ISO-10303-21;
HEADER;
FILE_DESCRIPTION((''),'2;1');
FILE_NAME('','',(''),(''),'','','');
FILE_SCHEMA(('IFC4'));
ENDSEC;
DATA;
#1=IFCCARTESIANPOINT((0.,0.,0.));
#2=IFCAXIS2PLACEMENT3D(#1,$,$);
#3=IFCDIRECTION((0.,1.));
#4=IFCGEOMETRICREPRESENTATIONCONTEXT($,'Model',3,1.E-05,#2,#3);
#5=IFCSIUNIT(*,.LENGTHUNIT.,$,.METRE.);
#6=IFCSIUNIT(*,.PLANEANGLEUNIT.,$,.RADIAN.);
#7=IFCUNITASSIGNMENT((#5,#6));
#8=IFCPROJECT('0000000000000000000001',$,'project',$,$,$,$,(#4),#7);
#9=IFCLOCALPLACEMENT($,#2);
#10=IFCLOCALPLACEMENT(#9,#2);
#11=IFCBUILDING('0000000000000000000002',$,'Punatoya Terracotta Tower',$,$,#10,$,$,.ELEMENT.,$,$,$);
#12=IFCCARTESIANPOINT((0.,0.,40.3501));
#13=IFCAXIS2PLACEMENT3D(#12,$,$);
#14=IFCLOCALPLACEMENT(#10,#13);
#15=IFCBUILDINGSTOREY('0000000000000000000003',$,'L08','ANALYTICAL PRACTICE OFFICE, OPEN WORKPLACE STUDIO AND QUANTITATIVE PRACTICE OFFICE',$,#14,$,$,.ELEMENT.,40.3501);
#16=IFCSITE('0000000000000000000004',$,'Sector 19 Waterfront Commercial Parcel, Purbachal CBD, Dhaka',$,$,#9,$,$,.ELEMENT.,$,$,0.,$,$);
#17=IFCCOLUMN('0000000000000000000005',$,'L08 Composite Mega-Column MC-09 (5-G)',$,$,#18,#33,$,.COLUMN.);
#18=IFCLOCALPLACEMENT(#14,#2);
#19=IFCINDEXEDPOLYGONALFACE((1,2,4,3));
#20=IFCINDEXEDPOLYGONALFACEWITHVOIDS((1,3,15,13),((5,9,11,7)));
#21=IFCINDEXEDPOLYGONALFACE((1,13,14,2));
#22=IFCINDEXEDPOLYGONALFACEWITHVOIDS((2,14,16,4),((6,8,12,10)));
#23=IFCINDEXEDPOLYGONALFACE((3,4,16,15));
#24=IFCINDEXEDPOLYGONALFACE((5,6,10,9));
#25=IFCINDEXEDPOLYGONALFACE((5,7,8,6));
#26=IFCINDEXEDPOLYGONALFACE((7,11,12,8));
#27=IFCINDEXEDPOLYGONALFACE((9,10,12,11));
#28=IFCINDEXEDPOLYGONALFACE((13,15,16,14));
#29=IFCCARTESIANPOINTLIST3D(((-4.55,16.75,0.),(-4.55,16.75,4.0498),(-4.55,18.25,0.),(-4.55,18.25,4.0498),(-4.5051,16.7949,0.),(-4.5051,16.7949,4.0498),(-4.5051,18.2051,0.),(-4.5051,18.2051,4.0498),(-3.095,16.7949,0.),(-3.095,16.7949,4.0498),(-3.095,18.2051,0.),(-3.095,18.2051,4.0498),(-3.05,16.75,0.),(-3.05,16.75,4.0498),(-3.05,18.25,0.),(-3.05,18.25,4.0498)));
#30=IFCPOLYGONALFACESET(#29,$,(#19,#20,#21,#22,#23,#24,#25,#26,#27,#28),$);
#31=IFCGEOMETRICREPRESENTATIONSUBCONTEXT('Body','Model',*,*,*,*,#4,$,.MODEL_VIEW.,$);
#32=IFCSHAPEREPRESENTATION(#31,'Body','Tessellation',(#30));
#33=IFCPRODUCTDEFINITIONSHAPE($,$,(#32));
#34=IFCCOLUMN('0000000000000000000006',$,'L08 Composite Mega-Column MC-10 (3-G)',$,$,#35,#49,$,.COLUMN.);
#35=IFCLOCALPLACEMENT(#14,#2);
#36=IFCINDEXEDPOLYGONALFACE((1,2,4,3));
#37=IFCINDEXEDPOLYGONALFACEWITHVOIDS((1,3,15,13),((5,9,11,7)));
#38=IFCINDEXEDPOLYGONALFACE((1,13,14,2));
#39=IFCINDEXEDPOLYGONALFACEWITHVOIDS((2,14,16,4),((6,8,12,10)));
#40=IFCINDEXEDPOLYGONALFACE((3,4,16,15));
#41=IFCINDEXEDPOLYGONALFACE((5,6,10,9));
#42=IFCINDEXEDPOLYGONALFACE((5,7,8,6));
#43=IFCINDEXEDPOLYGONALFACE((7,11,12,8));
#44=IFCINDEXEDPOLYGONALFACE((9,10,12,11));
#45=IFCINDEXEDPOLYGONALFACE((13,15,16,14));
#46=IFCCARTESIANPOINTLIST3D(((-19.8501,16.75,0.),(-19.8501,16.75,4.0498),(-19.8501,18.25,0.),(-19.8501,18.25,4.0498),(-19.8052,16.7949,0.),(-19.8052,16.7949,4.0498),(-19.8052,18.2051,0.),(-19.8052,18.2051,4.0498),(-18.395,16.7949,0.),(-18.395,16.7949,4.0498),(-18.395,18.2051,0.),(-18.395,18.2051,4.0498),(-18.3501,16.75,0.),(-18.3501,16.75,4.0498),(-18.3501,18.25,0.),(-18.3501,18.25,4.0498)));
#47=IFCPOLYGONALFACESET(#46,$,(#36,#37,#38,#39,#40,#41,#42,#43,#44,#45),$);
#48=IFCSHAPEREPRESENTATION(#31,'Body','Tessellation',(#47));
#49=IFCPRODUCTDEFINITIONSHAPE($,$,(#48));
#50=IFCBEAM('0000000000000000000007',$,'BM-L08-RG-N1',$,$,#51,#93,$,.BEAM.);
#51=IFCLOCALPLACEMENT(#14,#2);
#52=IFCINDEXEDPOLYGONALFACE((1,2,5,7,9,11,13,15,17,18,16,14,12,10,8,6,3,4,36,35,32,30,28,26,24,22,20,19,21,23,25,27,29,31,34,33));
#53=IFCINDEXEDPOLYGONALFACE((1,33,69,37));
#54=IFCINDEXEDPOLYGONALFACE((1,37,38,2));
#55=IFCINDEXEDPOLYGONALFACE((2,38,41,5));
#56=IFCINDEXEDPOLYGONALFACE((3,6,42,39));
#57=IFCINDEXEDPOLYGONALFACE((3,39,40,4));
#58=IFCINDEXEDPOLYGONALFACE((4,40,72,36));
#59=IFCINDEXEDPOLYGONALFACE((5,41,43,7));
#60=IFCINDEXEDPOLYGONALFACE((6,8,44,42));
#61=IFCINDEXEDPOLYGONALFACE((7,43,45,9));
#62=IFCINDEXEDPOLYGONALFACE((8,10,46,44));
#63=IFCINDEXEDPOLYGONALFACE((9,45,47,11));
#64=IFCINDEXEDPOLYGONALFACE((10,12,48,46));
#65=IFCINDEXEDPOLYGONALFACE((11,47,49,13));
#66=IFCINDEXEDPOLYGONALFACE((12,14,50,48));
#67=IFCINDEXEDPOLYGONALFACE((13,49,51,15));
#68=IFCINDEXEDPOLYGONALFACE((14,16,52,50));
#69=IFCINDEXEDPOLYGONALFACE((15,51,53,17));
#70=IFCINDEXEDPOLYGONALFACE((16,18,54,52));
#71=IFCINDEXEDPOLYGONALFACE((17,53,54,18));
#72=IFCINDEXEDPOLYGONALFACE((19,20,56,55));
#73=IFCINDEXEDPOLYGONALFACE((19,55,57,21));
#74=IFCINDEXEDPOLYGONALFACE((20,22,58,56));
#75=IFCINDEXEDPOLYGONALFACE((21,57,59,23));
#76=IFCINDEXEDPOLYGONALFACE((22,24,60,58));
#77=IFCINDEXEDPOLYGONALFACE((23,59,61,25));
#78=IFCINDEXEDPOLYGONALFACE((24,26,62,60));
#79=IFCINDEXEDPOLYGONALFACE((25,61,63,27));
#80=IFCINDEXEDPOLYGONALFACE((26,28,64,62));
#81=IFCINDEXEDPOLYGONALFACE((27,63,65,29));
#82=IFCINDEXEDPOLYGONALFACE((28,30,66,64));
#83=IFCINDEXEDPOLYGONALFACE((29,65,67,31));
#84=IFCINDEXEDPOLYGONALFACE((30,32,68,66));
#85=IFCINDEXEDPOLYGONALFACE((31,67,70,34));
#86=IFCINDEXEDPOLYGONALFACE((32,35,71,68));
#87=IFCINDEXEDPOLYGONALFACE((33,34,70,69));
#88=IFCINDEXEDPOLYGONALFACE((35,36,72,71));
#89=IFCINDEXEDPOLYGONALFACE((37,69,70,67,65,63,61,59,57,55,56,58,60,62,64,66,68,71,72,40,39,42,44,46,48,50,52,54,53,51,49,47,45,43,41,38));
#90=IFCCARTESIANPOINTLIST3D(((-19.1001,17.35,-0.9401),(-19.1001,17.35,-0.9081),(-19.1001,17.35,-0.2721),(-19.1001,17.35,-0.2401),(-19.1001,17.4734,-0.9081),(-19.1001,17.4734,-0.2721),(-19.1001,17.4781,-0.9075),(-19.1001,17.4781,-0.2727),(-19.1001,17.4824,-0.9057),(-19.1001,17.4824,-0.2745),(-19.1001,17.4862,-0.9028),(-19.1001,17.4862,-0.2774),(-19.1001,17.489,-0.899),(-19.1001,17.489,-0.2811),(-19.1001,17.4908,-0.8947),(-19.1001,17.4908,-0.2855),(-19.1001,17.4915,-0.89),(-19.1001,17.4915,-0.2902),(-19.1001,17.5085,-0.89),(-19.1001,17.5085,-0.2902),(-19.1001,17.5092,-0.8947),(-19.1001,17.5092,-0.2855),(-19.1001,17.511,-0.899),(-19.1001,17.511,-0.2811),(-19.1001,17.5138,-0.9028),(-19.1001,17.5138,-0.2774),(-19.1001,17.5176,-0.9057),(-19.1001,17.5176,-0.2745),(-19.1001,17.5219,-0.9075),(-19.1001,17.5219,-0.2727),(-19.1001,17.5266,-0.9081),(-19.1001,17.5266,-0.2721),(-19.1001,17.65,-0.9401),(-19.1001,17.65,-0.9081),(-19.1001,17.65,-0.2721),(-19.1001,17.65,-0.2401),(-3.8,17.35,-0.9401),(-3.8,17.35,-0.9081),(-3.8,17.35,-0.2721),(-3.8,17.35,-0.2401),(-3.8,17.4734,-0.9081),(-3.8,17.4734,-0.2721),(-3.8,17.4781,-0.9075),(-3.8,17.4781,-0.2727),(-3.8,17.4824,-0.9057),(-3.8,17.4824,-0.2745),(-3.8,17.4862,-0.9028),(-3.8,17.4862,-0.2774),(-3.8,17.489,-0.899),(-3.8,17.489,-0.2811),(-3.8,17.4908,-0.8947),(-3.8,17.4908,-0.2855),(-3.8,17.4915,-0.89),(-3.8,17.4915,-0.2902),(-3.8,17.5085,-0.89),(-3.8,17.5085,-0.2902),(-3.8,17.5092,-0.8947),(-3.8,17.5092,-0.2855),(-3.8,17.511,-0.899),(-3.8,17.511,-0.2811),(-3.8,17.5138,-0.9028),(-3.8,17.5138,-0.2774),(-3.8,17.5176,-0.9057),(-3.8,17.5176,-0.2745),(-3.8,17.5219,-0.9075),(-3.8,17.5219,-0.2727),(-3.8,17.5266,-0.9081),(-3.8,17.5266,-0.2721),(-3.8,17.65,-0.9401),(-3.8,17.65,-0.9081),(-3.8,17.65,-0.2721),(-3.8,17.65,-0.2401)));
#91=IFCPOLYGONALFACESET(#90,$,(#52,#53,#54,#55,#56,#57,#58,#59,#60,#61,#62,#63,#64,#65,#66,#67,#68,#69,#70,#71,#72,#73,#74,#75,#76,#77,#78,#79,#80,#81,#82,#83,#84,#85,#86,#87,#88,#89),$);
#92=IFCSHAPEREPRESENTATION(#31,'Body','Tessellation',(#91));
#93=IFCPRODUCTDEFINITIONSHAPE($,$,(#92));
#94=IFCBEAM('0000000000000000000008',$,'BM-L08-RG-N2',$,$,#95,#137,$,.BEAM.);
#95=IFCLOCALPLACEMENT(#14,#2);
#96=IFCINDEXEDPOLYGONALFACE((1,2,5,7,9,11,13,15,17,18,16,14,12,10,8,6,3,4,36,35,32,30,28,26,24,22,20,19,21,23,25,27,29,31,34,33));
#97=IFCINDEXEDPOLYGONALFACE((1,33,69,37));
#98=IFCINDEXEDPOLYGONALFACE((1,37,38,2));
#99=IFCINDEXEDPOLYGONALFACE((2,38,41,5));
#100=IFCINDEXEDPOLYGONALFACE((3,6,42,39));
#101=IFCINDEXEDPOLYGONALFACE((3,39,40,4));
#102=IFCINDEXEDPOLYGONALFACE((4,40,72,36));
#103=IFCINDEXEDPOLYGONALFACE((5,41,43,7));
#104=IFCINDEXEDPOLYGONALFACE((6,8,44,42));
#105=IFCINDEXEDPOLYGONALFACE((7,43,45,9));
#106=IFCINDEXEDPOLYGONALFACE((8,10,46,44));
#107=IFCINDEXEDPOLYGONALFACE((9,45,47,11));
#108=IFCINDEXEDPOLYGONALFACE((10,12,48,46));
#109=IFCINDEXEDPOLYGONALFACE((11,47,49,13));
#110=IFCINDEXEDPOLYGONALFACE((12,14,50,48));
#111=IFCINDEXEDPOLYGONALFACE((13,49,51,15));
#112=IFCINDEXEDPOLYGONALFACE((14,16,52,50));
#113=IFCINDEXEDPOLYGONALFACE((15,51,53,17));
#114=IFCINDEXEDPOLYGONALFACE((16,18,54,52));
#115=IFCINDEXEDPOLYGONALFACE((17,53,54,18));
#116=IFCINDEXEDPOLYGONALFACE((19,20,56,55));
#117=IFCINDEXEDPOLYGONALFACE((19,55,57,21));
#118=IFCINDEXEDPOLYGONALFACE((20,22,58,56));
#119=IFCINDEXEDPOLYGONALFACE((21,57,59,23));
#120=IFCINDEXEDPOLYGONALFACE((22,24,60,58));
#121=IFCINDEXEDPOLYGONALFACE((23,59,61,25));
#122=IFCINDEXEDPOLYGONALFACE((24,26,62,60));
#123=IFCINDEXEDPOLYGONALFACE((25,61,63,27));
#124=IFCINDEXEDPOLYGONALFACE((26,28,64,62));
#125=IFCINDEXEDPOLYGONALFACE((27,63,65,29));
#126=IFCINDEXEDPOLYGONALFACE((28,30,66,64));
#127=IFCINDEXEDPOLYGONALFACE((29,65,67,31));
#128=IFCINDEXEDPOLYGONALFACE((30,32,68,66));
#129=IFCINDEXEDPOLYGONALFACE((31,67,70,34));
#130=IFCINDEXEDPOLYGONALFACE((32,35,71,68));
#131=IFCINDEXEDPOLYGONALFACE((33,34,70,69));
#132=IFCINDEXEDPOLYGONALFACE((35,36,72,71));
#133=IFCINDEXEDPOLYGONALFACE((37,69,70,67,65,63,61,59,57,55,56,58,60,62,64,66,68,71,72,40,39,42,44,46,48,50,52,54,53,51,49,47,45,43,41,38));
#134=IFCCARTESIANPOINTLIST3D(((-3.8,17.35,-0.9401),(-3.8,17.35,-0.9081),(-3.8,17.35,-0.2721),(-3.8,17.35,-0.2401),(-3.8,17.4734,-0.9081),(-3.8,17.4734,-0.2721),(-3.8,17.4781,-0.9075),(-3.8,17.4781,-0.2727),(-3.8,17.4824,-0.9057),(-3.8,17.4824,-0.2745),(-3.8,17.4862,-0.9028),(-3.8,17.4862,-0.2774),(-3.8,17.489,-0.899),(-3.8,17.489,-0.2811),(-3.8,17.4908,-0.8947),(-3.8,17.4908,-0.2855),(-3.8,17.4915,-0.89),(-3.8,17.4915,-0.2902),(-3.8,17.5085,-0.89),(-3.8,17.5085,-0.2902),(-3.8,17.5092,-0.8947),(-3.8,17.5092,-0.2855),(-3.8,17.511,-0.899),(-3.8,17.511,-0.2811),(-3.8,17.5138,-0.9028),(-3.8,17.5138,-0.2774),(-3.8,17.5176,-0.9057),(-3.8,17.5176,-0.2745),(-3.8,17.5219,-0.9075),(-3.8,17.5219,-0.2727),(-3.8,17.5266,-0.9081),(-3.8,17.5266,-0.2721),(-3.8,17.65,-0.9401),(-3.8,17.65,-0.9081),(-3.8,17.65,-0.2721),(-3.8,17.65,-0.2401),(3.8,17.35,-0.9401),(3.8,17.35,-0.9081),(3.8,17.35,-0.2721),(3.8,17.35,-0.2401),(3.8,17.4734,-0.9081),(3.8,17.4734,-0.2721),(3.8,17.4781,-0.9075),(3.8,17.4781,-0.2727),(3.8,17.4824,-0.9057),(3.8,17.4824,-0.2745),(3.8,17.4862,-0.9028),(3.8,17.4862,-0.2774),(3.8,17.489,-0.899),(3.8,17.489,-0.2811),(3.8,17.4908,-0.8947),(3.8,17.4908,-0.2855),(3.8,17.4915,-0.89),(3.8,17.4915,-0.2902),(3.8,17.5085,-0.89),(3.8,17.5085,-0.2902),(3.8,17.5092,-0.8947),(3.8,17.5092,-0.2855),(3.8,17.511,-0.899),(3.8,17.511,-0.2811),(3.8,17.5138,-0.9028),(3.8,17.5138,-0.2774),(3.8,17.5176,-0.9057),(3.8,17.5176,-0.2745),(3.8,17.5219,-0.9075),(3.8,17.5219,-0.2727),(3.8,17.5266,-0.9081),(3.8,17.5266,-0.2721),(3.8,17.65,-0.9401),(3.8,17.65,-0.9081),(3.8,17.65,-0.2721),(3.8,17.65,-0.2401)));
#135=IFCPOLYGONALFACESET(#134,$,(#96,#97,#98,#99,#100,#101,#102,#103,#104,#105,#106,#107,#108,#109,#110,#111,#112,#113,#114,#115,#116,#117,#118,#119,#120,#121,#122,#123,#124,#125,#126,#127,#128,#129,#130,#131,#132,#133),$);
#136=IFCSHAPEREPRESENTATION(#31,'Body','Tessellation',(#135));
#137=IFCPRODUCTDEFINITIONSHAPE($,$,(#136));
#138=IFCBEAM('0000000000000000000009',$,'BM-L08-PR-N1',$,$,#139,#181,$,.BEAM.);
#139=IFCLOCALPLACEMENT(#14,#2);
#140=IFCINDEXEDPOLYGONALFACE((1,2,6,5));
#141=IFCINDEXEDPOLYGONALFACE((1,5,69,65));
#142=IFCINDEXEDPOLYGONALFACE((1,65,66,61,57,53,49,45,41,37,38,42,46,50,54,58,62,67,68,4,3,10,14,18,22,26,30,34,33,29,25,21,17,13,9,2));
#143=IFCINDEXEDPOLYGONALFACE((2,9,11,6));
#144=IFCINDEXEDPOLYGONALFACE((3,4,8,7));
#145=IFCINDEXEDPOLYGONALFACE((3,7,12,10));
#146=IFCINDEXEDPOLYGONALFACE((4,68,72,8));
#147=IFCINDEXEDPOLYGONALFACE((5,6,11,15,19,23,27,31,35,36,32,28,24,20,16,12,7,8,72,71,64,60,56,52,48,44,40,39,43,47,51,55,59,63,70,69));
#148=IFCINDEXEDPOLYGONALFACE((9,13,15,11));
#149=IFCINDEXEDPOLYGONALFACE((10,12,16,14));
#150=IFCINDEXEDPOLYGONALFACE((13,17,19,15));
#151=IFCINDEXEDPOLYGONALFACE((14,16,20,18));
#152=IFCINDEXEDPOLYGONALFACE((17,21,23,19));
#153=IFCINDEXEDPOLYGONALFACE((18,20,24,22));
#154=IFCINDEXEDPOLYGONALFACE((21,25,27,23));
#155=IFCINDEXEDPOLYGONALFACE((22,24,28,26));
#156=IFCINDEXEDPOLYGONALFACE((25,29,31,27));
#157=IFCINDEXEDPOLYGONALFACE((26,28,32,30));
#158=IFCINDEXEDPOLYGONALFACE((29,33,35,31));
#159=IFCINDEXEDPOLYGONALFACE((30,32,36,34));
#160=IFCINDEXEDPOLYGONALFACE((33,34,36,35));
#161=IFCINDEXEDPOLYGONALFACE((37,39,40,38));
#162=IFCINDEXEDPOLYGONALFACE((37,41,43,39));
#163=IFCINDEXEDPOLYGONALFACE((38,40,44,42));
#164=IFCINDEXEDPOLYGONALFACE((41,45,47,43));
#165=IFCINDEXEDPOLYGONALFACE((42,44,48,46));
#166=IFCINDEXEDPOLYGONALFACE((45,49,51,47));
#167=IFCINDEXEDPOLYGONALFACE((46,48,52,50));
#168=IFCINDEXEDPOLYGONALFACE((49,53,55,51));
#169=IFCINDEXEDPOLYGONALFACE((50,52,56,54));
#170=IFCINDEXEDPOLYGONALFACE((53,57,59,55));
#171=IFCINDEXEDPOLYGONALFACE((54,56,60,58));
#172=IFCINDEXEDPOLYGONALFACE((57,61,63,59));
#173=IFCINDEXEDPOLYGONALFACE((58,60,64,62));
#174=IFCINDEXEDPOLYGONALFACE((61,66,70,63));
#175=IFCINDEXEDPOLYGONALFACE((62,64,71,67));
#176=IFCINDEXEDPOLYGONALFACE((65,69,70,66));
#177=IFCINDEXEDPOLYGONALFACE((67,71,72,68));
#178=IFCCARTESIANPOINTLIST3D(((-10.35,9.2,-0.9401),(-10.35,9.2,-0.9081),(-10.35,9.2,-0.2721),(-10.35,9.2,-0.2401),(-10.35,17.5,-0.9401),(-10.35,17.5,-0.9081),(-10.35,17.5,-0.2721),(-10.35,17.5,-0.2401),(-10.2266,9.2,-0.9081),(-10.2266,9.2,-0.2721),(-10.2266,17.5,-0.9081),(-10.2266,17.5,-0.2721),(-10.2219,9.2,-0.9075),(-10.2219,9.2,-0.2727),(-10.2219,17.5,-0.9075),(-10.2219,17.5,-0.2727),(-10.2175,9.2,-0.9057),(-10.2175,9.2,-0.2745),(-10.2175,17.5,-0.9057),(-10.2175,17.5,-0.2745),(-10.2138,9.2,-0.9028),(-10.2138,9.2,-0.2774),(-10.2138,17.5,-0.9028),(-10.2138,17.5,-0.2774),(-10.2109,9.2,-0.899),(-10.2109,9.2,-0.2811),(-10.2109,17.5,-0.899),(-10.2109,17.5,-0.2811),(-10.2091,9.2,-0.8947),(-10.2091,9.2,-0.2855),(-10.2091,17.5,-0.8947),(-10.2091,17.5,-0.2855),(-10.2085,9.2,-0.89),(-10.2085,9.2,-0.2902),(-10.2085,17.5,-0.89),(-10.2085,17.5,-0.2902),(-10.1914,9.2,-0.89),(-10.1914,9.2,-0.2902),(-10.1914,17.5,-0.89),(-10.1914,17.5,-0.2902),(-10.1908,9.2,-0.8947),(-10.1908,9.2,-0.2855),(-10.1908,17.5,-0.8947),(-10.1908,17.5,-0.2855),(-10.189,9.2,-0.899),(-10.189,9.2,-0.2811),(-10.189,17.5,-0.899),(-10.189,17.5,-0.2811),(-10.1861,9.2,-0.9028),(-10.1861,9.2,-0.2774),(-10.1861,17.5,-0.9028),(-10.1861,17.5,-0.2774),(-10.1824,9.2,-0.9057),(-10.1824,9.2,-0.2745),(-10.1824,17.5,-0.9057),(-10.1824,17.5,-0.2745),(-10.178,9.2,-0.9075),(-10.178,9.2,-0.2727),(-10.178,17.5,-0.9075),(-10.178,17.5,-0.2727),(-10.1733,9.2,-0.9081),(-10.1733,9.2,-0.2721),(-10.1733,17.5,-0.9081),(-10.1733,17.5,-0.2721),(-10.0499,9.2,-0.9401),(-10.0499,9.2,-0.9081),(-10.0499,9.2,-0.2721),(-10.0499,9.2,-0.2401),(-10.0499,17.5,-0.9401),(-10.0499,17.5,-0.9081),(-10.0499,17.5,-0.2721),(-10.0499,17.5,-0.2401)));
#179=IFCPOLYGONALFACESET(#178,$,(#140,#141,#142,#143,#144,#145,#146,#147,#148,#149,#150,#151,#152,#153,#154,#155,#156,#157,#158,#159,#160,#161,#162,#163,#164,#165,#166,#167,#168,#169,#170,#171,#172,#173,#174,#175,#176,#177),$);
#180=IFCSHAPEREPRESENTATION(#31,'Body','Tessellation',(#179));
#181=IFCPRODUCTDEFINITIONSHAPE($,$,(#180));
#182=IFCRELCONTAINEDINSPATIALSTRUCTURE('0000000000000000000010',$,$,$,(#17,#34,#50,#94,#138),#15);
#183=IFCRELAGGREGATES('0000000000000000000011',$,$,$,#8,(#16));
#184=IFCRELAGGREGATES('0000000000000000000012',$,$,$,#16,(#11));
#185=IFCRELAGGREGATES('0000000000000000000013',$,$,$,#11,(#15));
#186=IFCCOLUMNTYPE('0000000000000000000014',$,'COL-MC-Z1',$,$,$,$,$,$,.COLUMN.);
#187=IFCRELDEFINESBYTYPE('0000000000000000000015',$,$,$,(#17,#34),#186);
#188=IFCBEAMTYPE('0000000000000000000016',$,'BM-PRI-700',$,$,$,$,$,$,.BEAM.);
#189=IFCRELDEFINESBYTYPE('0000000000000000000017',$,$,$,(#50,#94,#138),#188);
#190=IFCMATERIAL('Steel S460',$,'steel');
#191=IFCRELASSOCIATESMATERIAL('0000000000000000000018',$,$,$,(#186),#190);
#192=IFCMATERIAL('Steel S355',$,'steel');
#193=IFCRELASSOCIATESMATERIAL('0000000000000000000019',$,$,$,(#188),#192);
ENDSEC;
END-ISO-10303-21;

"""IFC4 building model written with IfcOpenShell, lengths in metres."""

from ifc_helpers import new_model, si_unit, direction, frame, origin, origin_2d, place, context, subcontext, project, spatial, hollow_rectangle, i_section, extrude, material, material_profile, profile_set, type_object, element, save


model = new_model("IFC4")

# Units and contexts
model_context = context("Model", 3, precision=1e-05, world=origin(), true_north=direction((0.0, 1.0)))
body_context = subcontext(model_context, "Body", "Model", "MODEL_VIEW")
ifc_project = project(units=[si_unit("LENGTHUNIT", "METRE"), si_unit("PLANEANGLEUNIT", "RADIAN")], contexts=[model_context])

# Site, building, storey
site_placement = place(None, origin())
site = spatial("IfcSite", under=ifc_project, at=site_placement, Name="Sector 19 Waterfront Commercial Parcel, Purbachal CBD, Dhaka", CompositionType="ELEMENT", RefElevation=0.0)
building_placement = place(site_placement, origin())
building = spatial("IfcBuilding", under=site, at=building_placement, Name="Punatoya Terracotta Tower", CompositionType="ELEMENT")
storey_placement = place(building_placement, frame((0.0, 0.0, 40.3501)))
storey = spatial("IfcBuildingStorey", under=building, at=storey_placement, Name="L08", Description="ANALYTICAL PRACTICE OFFICE, OPEN WORKPLACE STUDIO AND QUANTITATIVE PRACTICE OFFICE", CompositionType="ELEMENT", Elevation=40.3501)

# Columns
ifc_material_1 = material(Name="Steel S460", Category="steel")
ifc_material_profile_1 = material_profile(ifc_material_1, hollow_rectangle(XDim=1.5, YDim=1.5, WallThickness=0.0449, at=origin_2d()))
ifc_profile_set_1 = profile_set([ifc_material_profile_1], Name="Steel S460")
column_type = type_object("IfcColumnType", Name="COL-MC-Z1", PredefinedType="COLUMN", material=ifc_profile_set_1)
for number, where, z_axis, x_axis, name in (
    (1, (-3.8, 17.5, 0.0), (0.0, 0.0, 1.0), (1.0, 0.0, 0.0), "L08 Composite Mega-Column MC-09 (5-G)"),
    (2, (-19.1001, 17.5, 0.0), (0.0, 0.0, 1.0), (1.0, 0.0, 0.0), "L08 Composite Mega-Column MC-10 (3-G)"),
):
    element("IfcColumn", number, at=place(storey_placement, frame(where, z_axis=z_axis, x_axis=x_axis)), inside=storey, type_object=column_type, Name=name, PredefinedType="COLUMN", context=body_context, shape_type="SweptSolid", body=[
        extrude(hollow_rectangle(XDim=1.5, YDim=1.5, WallThickness=0.0449, at=origin_2d()), origin(), (0.0, 0.0, 1.0), 4.0498),
    ])

# Beams
ifc_material_2 = material(Name="Steel S355", Category="steel")
ifc_material_profile_2 = material_profile(ifc_material_2, i_section(OverallWidth=0.3, OverallDepth=0.7, WebThickness=0.0171, FlangeThickness=0.032, FilletRadius=0.0181, at=origin_2d()))
ifc_profile_set_2 = profile_set([ifc_material_profile_2], Name="Steel S355")
beam_type_1 = type_object("IfcBeamType", Name="BM-PRI-700", PredefinedType="BEAM", material=ifc_profile_set_2)
beam_1_placement = place(storey_placement, frame((-19.1001, 17.5, -0.5901), z_axis=(1.0, 0.0, 0.0), x_axis=(0.0, 1.0, 0.0)))
element("IfcBeam", 3, at=beam_1_placement, inside=storey, type_object=beam_type_1, Name="BM-L08-RG-N1", PredefinedType="BEAM", context=body_context, shape_type="SweptSolid", body=[
    extrude(i_section(OverallWidth=0.3, OverallDepth=0.7, WebThickness=0.0171, FlangeThickness=0.032, FilletRadius=0.0181, at=origin_2d()), origin(), (0.0, 0.0, 1.0), 15.3),
])
beam_2_placement = place(storey_placement, frame((-3.8, 17.5, -0.5901), z_axis=(1.0, 0.0, 0.0), x_axis=(0.0, 1.0, 0.0)))
element("IfcBeam", 4, at=beam_2_placement, inside=storey, type_object=beam_type_1, Name="BM-L08-RG-N2", PredefinedType="BEAM", context=body_context, shape_type="SweptSolid", body=[
    extrude(i_section(OverallWidth=0.3, OverallDepth=0.7, WebThickness=0.0171, FlangeThickness=0.032, FilletRadius=0.0181, at=origin_2d()), origin(), (0.0, 0.0, 1.0), 7.6001),
])
for number, where, z_axis, x_axis, name in (
    (5, (-10.2, 9.2, -0.5901), (0.0, 1.0, 0.0), (-1.0, 0.0, 0.0), "BM-L08-PR-N1"),
):
    element("IfcBeam", number, at=place(storey_placement, frame(where, z_axis=z_axis, x_axis=x_axis)), inside=storey, type_object=beam_type_1, Name=name, PredefinedType="BEAM", context=body_context, shape_type="SweptSolid", body=[
        extrude(i_section(OverallWidth=0.3, OverallDepth=0.7, WebThickness=0.0171, FlangeThickness=0.032, FilletRadius=0.0181, at=origin_2d()), origin(), (0.0, 0.0, 1.0), 8.3),
    ])

save(model, "model.ifc")
